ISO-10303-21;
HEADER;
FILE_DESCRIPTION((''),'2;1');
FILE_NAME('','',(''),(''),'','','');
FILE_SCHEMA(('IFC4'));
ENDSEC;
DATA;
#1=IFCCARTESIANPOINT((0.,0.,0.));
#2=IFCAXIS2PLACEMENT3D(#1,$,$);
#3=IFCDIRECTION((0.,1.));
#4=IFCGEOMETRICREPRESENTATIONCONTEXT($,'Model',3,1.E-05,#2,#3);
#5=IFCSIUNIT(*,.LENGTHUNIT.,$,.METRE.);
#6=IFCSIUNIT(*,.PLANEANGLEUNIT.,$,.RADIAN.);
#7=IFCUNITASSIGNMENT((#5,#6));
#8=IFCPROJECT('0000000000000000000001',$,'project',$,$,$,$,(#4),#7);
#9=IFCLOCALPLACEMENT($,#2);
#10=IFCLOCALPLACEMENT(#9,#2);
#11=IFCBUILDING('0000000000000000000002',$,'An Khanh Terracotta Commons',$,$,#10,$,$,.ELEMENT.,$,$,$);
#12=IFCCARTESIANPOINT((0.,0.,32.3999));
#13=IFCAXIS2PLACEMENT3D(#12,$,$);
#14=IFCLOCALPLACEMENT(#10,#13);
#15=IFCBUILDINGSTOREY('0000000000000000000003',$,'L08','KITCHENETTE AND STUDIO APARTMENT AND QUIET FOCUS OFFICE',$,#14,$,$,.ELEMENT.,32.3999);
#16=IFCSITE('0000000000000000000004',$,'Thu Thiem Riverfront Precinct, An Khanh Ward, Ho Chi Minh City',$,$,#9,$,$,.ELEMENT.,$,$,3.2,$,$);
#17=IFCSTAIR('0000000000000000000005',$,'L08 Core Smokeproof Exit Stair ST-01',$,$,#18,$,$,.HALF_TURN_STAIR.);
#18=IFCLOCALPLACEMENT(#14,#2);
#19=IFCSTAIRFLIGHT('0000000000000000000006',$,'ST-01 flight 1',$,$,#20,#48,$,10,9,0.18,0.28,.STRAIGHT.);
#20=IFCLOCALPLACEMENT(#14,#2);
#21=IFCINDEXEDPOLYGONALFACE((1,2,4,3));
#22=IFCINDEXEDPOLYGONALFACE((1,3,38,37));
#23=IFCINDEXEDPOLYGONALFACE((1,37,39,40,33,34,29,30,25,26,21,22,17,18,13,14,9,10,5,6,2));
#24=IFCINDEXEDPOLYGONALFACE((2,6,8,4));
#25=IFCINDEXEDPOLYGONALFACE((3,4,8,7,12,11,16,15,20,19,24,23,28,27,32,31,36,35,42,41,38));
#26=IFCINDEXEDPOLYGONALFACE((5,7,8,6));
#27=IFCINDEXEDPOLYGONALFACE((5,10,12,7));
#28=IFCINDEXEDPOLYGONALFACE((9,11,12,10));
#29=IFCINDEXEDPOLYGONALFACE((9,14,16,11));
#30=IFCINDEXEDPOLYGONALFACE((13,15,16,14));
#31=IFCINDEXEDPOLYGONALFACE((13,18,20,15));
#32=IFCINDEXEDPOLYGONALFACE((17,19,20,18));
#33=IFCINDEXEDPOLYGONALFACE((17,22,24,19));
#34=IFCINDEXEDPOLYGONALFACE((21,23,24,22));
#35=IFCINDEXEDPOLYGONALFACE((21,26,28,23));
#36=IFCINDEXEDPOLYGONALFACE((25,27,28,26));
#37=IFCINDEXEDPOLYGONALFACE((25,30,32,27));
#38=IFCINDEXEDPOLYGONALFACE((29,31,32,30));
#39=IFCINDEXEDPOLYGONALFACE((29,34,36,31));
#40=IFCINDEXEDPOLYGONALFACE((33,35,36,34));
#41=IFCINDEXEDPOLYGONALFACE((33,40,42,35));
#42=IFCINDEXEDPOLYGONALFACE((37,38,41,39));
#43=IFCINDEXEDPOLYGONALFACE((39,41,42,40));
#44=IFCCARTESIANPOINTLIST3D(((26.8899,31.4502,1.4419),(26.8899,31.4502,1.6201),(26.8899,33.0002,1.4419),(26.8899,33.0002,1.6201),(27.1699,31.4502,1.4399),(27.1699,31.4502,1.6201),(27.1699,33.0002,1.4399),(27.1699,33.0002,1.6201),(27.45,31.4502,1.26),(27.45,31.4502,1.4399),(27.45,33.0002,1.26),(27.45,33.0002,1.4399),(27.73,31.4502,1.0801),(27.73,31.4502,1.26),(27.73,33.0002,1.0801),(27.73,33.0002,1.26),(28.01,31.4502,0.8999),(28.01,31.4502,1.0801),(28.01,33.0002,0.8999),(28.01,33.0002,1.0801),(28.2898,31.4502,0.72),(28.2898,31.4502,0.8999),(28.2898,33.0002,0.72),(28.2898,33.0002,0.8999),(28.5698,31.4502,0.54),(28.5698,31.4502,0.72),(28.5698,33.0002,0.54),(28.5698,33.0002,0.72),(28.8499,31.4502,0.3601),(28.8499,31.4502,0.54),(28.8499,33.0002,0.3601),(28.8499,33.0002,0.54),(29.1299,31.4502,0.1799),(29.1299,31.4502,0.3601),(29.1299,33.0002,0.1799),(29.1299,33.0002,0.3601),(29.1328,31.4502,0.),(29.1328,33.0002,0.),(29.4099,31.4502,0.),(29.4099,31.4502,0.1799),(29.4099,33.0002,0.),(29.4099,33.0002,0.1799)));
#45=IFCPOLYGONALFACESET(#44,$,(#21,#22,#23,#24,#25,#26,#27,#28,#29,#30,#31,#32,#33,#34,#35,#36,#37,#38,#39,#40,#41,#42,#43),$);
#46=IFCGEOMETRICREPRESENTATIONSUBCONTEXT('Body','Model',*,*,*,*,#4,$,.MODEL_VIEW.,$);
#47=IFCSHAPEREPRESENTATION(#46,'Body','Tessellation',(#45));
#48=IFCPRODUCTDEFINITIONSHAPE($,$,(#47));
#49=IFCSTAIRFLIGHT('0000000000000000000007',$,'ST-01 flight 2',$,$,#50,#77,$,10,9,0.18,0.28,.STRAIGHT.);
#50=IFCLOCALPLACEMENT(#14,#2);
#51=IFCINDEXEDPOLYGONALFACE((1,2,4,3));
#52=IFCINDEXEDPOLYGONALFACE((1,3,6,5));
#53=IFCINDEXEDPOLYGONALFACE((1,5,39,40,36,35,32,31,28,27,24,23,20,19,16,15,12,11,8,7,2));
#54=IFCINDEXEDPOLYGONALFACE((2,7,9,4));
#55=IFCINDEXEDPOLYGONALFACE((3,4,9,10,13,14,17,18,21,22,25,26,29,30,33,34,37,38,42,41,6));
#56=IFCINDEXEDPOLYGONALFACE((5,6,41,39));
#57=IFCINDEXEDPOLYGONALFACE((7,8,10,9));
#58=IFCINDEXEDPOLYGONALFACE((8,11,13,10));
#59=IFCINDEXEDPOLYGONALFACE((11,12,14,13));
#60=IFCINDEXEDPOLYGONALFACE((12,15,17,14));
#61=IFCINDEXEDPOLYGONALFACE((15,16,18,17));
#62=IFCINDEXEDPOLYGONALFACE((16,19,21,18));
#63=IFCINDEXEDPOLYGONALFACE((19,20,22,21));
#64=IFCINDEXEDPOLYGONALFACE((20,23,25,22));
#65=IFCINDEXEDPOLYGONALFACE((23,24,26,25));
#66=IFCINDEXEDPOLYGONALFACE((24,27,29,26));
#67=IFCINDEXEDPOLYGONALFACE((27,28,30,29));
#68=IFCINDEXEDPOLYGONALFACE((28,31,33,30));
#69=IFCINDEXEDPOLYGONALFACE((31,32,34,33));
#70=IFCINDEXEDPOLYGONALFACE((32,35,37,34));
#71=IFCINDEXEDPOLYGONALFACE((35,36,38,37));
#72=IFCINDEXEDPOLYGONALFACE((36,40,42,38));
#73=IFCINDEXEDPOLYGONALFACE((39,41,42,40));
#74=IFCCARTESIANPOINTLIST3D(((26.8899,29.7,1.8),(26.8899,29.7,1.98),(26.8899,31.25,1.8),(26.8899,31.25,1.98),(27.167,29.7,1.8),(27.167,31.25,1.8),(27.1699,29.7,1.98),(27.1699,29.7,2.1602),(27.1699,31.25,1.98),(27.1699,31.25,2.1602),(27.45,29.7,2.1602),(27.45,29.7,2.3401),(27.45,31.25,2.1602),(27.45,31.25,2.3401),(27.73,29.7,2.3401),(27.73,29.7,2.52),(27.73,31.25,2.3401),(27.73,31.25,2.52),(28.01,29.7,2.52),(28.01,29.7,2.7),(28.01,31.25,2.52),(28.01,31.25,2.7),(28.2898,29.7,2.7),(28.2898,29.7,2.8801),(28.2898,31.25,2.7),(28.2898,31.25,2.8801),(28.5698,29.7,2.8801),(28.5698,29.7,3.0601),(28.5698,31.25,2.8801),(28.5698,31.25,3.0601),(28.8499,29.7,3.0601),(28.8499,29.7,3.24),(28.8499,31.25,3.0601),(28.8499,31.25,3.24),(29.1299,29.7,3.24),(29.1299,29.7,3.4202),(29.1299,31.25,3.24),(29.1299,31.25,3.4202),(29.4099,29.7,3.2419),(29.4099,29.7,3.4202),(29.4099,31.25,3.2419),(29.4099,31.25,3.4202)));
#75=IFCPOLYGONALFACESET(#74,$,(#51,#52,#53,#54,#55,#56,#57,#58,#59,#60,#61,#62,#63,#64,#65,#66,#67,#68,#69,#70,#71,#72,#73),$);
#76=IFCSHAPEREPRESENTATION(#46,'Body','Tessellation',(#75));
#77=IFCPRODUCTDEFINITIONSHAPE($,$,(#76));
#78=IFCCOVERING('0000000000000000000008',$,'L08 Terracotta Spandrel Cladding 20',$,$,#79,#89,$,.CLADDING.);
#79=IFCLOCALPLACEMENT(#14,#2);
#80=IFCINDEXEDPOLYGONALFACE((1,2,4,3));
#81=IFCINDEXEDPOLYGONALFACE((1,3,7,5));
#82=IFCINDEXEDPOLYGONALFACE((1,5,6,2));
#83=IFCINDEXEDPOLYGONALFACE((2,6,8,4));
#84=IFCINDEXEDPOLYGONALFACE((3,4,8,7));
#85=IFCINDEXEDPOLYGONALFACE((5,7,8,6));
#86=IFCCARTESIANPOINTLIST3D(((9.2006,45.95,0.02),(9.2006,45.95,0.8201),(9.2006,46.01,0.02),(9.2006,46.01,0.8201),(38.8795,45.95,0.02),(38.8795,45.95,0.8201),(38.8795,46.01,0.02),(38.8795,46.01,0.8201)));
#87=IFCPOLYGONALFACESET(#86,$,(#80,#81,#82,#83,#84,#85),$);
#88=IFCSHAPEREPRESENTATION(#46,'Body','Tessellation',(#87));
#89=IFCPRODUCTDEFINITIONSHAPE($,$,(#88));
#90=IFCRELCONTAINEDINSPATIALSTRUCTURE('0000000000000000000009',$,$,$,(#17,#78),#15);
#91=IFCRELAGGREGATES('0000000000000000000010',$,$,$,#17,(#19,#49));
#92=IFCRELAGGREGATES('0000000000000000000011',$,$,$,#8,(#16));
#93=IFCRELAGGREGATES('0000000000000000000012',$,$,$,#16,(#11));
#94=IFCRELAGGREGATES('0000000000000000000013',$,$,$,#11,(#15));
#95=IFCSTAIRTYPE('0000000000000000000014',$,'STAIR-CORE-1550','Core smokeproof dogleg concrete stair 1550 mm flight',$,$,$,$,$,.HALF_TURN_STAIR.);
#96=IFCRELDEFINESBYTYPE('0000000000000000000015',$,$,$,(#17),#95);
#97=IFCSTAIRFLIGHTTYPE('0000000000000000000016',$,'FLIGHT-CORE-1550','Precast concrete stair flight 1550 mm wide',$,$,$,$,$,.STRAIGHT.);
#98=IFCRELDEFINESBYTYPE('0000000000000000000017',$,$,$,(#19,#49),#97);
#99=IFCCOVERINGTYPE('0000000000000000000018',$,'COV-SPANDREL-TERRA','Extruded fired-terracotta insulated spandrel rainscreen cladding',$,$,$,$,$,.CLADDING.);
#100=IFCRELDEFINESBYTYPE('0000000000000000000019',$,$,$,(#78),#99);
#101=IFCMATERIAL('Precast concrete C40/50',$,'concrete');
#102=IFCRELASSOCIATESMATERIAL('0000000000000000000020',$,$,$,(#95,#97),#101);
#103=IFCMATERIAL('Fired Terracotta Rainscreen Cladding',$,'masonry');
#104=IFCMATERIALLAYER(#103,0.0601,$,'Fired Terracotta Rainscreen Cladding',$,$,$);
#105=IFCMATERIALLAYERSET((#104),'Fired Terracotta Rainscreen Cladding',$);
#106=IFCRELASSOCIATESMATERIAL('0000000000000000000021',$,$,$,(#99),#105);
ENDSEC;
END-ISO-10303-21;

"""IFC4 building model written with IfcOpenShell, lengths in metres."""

from ifc_helpers import new_model, si_unit, direction, frame, origin, origin_2d, place, context, subcontext, project, spatial, polyline, rectangle, outline, extrude, material, layer, layer_set, type_object, element, aggregate, save


model = new_model("IFC4")

# Units and contexts
model_context = context("Model", 3, precision=1e-05, world=origin(), true_north=direction((0.0, 1.0)))
body_context = subcontext(model_context, "Body", "Model", "MODEL_VIEW")
ifc_project = project(units=[si_unit("LENGTHUNIT", "METRE"), si_unit("PLANEANGLEUNIT", "RADIAN")], contexts=[model_context])

# Site, building, storey
site_placement = place(None, origin())
site = spatial("IfcSite", under=ifc_project, at=site_placement, Name="Thu Thiem Riverfront Precinct, An Khanh Ward, Ho Chi Minh City", CompositionType="ELEMENT", RefElevation=3.2)
building_placement = place(site_placement, origin())
building = spatial("IfcBuilding", under=site, at=building_placement, Name="An Khanh Terracotta Commons", CompositionType="ELEMENT")
storey_placement = place(building_placement, frame((0.0, 0.0, 32.3999)))
storey = spatial("IfcBuildingStorey", under=building, at=storey_placement, Name="L08", Description="KITCHENETTE AND STUDIO APARTMENT AND QUIET FOCUS OFFICE", CompositionType="ELEMENT", Elevation=32.3999)

# Stair, stair flights
ifc_material_1 = material(Name="Precast concrete C40/50", Category="concrete")
stair_type = type_object("IfcStairType", Name="STAIR-CORE-1550", Description="Core smokeproof dogleg concrete stair 1550 mm flight", PredefinedType="HALF_TURN_STAIR", material=ifc_material_1)
stair_placement = place(storey_placement, origin())
stair = element("IfcStair", 1, at=stair_placement, inside=storey, type_object=stair_type, Name="L08 Core Smokeproof Exit Stair ST-01", PredefinedType="HALF_TURN_STAIR")
stair_flight_type = type_object("IfcStairFlightType", Name="FLIGHT-CORE-1550", Description="Precast concrete stair flight 1550 mm wide", PredefinedType="STRAIGHT", material=ifc_material_1)
stair_flight_1_placement = place(storey_placement, frame((29.4099, 32.2251, 0.0), z_axis=(0.0, 0.0, 1.0), x_axis=(-1.0, 0.0, 0.0)))
stair_flight_1 = element("IfcStairFlight", 2, at=stair_flight_1_placement, type_object=stair_flight_type, Name="ST-01 flight 1", NumberOfRisers=10, NumberOfTreads=9, PredefinedType="STRAIGHT", RiserHeight=0.18, TreadLength=0.28, context=body_context, shape_type="SweptSolid", body=[
    extrude(outline(polyline([(0.0, 0.0), (0.0, 0.1799), (0.28, 0.1799), (0.28, 0.3601), (0.5601, 0.3601), (0.5601, 0.54), (0.8401, 0.54), (0.8401, 0.72), (1.1201, 0.72), (1.1201, 0.8999), (1.3999, 0.8999), (1.3999, 1.0801), (1.6799, 1.0801), (1.6799, 1.26), (1.96, 1.26), (1.96, 1.4399), (2.24, 1.4399), (2.24, 1.6201), (2.52, 1.6201), (2.52, 1.8), (2.52, 1.4419), (0.2771, 0.0), (0.0, 0.0)])), frame((0.0, 0.7749, 0.0), z_axis=(0.0, -1.0, 0.0), x_axis=(1.0, 0.0, 0.0)), (0.0, 0.0, 1.0), 1.55),
])
stair_flight_2_placement = place(storey_placement, frame((26.8899, 30.4751, 1.8), z_axis=(0.0, 0.0, 1.0), x_axis=(1.0, 0.0, 0.0)))
stair_flight_2 = element("IfcStairFlight", 3, at=stair_flight_2_placement, type_object=stair_flight_type, Name="ST-01 flight 2", NumberOfRisers=10, NumberOfTreads=9, PredefinedType="STRAIGHT", RiserHeight=0.18, TreadLength=0.28, context=body_context, shape_type="SweptSolid", body=[
    extrude(outline(polyline([(0.0, 0.0), (0.0, 0.1799), (0.28, 0.1799), (0.28, 0.3601), (0.5601, 0.3601), (0.5601, 0.54), (0.8401, 0.54), (0.8401, 0.72), (1.1201, 0.72), (1.1201, 0.8999), (1.3999, 0.8999), (1.3999, 1.0801), (1.6799, 1.0801), (1.6799, 1.26), (1.96, 1.26), (1.96, 1.4399), (2.24, 1.4399), (2.24, 1.6201), (2.52, 1.6201), (2.52, 1.8), (2.52, 1.4419), (0.2771, 0.0), (0.0, 0.0)])), frame((0.0, 0.7749, 0.0), z_axis=(0.0, -1.0, 0.0), x_axis=(1.0, 0.0, 0.0)), (0.0, 0.0, 1.0), 1.55),
])
aggregate(stair, [stair_flight_1, stair_flight_2])

# Covering
ifc_material_2 = material(Name="Fired Terracotta Rainscreen Cladding", Category="masonry")
ifc_layer_1 = layer(ifc_material_2, 0.0601, Name="Fired Terracotta Rainscreen Cladding")
ifc_layer_set_1 = layer_set([ifc_layer_1], Name="Fired Terracotta Rainscreen Cladding")
covering_type = type_object("IfcCoveringType", Name="COV-SPANDREL-TERRA", Description="Extruded fired-terracotta insulated spandrel rainscreen cladding", PredefinedType="CLADDING", material=ifc_layer_set_1)
covering_placement = place(storey_placement, frame((24.04, 45.98, 0.02), z_axis=(0.0, 0.0, 1.0), x_axis=(-1.0, 0.0, 0.0)))
element("IfcCovering", 4, at=covering_placement, inside=storey, type_object=covering_type, Name="L08 Terracotta Spandrel Cladding 20", PredefinedType="CLADDING", context=body_context, shape_type="SweptSolid", body=[
    extrude(rectangle(XDim=29.679, YDim=0.0601, at=origin_2d()), origin(), (0.0, 0.0, 1.0), 0.8),
])

save(model, "model.ifc")
